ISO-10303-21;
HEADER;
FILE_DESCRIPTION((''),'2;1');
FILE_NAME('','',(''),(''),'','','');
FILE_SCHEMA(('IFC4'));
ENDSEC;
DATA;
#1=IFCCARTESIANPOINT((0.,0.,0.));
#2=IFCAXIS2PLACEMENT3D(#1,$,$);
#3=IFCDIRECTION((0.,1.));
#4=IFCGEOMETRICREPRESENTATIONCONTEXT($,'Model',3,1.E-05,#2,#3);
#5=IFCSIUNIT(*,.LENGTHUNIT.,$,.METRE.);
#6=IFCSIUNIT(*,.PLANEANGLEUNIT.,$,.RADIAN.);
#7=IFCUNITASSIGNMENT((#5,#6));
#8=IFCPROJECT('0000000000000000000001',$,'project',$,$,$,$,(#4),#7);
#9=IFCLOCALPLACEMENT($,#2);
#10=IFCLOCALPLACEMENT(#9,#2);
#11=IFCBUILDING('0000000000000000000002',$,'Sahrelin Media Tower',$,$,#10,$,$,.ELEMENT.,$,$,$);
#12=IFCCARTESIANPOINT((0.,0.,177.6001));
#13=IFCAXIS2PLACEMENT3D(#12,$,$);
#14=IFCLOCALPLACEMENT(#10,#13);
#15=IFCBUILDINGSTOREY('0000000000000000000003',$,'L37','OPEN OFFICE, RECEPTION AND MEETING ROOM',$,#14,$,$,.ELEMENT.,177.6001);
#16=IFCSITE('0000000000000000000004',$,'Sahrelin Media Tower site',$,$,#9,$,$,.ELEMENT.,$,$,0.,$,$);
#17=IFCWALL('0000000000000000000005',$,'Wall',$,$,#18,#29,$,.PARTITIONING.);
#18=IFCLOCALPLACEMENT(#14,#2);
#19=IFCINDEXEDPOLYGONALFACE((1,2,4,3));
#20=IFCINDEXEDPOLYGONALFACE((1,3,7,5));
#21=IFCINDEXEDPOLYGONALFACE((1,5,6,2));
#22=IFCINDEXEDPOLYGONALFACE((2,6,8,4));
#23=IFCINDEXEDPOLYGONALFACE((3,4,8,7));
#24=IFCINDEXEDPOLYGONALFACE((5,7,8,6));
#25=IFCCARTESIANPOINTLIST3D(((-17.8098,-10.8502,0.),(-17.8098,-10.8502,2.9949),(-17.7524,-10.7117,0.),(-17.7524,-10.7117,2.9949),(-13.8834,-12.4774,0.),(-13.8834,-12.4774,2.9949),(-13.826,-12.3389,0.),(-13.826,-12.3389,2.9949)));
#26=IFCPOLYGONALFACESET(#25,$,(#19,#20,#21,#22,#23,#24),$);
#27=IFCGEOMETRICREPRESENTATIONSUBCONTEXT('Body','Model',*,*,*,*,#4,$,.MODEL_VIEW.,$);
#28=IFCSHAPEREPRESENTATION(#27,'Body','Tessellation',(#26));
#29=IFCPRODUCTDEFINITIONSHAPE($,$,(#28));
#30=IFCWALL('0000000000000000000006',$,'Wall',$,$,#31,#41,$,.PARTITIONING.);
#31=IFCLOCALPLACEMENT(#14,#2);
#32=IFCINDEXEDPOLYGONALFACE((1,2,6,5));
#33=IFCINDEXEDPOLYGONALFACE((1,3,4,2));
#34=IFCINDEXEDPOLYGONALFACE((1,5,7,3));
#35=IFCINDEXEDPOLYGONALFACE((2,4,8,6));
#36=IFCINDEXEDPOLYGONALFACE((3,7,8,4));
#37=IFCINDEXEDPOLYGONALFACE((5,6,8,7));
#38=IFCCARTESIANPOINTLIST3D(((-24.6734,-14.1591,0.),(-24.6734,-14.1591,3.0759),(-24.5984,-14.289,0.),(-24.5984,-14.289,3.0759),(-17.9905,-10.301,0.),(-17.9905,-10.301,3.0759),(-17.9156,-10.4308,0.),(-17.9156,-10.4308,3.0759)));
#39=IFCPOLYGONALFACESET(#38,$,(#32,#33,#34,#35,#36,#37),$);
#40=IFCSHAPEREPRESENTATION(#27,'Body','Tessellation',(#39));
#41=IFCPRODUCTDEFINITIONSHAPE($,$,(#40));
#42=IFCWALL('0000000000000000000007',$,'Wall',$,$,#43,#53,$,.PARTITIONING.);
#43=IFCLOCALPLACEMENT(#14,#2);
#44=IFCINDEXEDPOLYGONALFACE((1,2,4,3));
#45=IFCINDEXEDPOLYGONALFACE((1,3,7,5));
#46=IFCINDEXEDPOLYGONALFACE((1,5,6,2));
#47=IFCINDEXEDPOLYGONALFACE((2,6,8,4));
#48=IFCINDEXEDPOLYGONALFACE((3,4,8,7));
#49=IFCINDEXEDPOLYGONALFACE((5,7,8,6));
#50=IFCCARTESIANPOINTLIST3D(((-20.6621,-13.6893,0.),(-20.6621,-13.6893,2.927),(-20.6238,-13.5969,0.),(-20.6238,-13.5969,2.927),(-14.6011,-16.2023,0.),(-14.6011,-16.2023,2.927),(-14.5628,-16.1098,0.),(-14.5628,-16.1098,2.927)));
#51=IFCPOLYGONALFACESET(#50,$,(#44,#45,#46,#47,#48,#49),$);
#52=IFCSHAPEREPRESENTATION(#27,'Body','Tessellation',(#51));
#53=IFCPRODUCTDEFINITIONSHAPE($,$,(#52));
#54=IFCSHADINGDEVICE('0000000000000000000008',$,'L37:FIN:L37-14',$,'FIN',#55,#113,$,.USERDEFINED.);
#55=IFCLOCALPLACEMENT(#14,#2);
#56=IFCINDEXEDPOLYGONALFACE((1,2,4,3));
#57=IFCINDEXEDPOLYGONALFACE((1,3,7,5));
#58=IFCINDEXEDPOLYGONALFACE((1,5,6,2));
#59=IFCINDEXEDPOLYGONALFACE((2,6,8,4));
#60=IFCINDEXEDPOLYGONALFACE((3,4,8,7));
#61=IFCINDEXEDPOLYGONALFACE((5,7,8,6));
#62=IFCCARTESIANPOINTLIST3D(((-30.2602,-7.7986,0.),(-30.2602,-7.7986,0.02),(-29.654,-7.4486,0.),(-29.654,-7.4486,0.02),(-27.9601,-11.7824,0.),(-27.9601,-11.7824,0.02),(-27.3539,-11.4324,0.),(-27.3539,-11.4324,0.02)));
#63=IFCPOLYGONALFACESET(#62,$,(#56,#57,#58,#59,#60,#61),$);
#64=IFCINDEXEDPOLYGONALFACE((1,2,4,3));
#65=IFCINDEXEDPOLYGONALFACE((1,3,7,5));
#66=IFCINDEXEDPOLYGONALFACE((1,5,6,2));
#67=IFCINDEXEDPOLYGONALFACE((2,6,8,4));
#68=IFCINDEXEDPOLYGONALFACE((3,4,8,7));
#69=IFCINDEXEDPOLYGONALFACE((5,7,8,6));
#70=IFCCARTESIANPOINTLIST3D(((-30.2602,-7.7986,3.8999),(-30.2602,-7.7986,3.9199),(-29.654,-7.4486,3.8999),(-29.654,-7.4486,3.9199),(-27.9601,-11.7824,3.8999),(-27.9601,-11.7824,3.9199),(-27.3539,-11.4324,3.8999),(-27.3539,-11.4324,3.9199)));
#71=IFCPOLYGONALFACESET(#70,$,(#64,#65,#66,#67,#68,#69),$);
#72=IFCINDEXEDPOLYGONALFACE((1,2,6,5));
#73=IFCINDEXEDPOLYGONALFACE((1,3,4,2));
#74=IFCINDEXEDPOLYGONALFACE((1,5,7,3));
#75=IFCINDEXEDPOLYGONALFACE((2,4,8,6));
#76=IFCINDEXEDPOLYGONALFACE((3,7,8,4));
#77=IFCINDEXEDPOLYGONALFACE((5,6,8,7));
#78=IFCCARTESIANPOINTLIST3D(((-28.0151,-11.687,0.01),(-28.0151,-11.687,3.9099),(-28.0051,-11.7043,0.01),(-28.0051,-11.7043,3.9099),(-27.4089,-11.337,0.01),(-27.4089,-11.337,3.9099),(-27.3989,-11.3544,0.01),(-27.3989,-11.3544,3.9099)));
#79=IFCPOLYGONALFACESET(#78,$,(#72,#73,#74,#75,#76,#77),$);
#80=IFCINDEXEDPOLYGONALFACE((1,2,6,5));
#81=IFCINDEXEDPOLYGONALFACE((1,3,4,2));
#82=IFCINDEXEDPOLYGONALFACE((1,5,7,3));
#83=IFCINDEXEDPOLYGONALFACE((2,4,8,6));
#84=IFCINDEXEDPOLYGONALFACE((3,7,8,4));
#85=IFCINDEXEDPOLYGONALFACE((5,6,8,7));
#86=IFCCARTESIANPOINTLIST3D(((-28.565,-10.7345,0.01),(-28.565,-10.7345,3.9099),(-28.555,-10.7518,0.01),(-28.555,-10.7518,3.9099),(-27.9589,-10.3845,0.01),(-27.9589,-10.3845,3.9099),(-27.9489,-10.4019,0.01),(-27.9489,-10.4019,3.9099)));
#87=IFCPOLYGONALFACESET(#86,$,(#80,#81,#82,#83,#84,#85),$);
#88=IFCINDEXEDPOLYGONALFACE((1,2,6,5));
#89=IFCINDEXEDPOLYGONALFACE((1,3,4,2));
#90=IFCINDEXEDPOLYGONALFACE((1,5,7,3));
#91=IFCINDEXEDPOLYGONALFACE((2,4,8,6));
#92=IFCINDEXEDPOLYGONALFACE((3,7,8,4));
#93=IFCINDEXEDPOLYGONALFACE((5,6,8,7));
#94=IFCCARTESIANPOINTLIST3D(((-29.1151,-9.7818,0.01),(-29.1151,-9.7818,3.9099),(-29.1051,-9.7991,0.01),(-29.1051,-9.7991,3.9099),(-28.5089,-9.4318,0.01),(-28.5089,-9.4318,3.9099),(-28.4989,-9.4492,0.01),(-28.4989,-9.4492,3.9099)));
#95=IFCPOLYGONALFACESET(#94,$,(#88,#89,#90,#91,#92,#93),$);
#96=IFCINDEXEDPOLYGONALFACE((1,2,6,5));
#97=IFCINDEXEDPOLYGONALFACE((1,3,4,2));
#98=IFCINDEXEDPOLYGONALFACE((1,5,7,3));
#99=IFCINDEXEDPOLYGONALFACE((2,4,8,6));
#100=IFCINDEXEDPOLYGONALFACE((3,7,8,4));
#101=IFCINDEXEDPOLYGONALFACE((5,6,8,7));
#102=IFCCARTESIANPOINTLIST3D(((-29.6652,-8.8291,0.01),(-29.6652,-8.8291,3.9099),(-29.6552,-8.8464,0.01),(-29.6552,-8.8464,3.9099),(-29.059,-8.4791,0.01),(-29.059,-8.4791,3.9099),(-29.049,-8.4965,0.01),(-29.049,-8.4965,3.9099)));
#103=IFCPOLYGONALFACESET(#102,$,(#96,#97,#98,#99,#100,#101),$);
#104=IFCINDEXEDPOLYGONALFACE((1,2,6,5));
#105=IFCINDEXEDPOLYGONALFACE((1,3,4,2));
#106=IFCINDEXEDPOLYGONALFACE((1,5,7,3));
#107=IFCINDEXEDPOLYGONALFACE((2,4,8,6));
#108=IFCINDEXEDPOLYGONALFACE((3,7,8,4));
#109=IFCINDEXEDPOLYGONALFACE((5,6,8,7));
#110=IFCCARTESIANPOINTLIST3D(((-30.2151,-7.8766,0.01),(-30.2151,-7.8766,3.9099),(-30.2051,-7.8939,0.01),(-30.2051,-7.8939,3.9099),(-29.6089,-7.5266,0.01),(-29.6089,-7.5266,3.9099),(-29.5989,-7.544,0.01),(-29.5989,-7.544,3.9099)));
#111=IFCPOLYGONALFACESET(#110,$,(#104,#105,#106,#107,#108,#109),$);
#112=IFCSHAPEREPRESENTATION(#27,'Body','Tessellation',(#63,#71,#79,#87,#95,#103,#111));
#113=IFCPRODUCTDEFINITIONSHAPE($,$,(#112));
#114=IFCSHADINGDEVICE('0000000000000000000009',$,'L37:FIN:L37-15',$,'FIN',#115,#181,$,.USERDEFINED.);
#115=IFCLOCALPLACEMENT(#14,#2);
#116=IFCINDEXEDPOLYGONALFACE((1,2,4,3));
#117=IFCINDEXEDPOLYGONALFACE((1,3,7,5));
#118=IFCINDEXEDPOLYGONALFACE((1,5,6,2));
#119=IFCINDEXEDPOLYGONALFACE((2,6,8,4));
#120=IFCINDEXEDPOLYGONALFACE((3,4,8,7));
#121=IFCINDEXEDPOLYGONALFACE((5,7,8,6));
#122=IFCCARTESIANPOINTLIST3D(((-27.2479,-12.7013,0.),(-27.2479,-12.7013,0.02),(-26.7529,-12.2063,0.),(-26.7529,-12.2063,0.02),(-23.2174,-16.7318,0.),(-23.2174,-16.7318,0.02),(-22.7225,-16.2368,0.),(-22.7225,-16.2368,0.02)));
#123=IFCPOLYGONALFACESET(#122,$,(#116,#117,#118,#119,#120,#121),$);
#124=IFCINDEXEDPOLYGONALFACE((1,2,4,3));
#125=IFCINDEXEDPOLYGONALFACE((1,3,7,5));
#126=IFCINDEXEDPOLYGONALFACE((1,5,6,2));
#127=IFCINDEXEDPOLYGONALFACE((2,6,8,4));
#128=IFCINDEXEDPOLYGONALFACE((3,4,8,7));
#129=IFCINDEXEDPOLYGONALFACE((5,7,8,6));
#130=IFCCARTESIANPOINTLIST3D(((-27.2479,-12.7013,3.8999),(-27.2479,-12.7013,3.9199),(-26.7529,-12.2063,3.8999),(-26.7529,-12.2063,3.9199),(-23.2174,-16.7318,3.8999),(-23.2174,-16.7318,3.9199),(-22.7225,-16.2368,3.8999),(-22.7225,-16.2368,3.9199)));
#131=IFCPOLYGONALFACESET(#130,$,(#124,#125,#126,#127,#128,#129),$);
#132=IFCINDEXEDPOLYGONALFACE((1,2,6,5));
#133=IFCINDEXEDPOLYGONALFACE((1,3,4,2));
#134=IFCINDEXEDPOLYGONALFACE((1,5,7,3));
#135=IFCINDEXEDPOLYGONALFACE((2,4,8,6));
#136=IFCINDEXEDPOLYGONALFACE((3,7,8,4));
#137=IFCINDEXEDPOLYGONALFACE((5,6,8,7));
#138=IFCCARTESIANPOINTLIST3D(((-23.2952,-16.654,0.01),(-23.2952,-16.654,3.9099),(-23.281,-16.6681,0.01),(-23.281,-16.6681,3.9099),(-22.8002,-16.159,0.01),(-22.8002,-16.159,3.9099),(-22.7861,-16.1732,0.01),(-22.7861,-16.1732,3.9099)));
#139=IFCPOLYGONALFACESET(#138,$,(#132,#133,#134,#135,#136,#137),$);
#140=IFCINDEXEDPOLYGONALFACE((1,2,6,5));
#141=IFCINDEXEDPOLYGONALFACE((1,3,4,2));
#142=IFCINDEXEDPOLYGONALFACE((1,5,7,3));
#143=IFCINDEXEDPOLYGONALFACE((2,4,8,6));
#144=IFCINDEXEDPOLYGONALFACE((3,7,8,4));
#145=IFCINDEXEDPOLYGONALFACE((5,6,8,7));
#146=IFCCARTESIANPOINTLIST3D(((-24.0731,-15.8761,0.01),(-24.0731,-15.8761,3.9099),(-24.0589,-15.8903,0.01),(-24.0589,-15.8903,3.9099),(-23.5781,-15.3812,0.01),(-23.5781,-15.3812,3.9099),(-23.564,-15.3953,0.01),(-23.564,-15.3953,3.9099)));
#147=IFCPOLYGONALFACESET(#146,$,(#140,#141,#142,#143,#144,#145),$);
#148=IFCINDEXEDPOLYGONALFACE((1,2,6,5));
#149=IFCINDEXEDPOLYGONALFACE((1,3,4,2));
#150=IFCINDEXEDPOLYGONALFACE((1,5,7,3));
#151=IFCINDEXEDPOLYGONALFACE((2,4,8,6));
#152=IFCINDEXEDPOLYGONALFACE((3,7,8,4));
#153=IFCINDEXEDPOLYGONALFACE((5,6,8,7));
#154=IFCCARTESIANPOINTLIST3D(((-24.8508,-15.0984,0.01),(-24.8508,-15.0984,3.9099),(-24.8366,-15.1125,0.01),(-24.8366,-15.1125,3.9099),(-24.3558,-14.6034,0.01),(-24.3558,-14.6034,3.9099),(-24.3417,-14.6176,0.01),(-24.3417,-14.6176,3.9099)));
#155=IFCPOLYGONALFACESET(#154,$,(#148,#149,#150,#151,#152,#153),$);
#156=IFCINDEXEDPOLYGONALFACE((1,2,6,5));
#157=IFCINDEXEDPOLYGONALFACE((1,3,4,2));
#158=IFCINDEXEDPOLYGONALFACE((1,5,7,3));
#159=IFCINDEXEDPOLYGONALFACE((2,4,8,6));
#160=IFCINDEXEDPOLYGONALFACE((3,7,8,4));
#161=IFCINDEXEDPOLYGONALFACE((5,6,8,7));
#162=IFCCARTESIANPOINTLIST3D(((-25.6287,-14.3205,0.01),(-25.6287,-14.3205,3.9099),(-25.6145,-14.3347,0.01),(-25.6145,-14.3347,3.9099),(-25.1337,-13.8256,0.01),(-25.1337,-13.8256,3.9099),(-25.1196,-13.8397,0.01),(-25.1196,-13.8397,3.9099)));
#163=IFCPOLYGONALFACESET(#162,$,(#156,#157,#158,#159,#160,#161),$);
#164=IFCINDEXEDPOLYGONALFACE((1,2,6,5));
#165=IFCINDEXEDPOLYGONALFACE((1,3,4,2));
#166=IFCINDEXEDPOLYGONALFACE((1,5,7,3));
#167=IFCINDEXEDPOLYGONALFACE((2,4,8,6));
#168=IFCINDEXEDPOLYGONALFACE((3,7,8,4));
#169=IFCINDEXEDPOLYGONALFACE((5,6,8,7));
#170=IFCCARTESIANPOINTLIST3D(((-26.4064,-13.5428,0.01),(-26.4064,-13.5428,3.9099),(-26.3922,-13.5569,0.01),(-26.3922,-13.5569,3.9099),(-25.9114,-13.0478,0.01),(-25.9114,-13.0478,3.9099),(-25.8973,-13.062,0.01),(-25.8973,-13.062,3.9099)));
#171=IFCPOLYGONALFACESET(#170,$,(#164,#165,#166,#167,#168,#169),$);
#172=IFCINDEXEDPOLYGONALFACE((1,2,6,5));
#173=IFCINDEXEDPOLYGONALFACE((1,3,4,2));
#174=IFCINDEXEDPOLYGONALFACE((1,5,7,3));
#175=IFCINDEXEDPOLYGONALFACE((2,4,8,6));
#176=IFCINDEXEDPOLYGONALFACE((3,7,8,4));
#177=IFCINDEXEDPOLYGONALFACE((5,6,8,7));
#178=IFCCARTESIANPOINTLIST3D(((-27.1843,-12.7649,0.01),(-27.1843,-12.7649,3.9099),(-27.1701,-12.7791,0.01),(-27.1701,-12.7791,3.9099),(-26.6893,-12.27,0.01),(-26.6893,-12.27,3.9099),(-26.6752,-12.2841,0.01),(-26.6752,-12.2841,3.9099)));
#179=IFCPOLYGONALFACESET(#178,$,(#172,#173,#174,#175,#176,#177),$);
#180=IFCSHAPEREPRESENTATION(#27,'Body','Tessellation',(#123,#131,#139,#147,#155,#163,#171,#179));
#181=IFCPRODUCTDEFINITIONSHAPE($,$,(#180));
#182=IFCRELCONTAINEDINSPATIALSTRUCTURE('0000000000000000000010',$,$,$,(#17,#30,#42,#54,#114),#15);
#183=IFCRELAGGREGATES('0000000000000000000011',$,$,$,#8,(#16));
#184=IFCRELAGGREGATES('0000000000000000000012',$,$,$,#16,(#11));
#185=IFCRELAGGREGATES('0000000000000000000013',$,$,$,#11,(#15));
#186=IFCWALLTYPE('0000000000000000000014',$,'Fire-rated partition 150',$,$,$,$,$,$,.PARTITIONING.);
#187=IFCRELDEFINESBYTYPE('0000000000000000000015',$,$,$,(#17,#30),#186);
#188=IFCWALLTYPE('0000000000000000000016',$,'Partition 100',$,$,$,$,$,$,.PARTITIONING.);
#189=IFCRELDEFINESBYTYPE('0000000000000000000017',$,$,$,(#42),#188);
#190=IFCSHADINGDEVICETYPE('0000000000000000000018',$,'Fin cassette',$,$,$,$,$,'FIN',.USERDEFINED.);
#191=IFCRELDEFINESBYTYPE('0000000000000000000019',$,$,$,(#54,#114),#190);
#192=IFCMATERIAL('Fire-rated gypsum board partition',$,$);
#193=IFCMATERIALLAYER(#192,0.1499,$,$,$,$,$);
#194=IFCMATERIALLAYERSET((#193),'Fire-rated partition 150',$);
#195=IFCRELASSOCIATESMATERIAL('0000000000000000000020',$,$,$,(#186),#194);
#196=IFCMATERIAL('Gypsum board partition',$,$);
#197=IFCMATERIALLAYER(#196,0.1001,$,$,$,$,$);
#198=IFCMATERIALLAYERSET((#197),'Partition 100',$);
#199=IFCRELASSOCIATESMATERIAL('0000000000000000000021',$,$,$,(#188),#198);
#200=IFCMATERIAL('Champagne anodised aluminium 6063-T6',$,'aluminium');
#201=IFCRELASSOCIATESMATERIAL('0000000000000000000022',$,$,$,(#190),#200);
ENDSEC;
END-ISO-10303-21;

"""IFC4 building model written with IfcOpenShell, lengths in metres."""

from ifc_helpers import new_model, si_unit, direction, frame, frame_2d, origin, origin_2d, place, context, subcontext, project, spatial, rectangle, extrude, material, layer, layer_set, type_object, element, save


model = new_model("IFC4")

# Units and contexts
model_context = context("Model", 3, precision=1e-05, world=origin(), true_north=direction((0.0, 1.0)))
body_context = subcontext(model_context, "Body", "Model", "MODEL_VIEW")
ifc_project = project(units=[si_unit("LENGTHUNIT", "METRE"), si_unit("PLANEANGLEUNIT", "RADIAN")], contexts=[model_context])

# Site, building, storey
site_placement = place(None, origin())
site = spatial("IfcSite", under=ifc_project, at=site_placement, Name="Sahrelin Media Tower site", CompositionType="ELEMENT", RefElevation=0.0)
building_placement = place(site_placement, origin())
building = spatial("IfcBuilding", under=site, at=building_placement, Name="Sahrelin Media Tower", CompositionType="ELEMENT")
storey_placement = place(building_placement, frame((0.0, 0.0, 177.6001)))
storey = spatial("IfcBuildingStorey", under=building, at=storey_placement, Name="L37", Description="OPEN OFFICE, RECEPTION AND MEETING ROOM", CompositionType="ELEMENT", Elevation=177.6001)

# Shared definitions
ifc_material_1 = material(Name="Champagne anodised aluminium 6063-T6", Category="aluminium")

# Walls
ifc_material_2 = material(Name="Fire-rated gypsum board partition")
ifc_layer_1 = layer(ifc_material_2, 0.1499)
ifc_layer_set_1 = layer_set([ifc_layer_1], Name="Fire-rated partition 150")
wall_type_1 = type_object("IfcWallType", Name="Fire-rated partition 150", PredefinedType="PARTITIONING", material=ifc_layer_set_1)
wall_1_placement = place(storey_placement, frame((-17.781, -10.781, 0.0), z_axis=(0.0, 0.0, 1.0), x_axis=(0.923814, -0.38284, 0.0)))
element("IfcWall", 1, at=wall_1_placement, inside=storey, type_object=wall_type_1, Name="Wall", PredefinedType="PARTITIONING", context=body_context, shape_type="SweptSolid", body=[
    extrude(rectangle(XDim=4.2502, YDim=0.1499, at=frame_2d((2.125, 0.0))), origin(), (0.0, 0.0, 1.0), 2.9949),
])
wall_2_placement = place(storey_placement, frame((-24.636, -14.2241, 0.0), z_axis=(0.0, 0.0, 1.0), x_axis=(0.866036, 0.499981, 0.0)))
element("IfcWall", 2, at=wall_2_placement, inside=storey, type_object=wall_type_1, Name="Wall", PredefinedType="PARTITIONING", context=body_context, shape_type="SweptSolid", body=[
    extrude(rectangle(XDim=7.7166, YDim=0.1499, at=frame_2d((3.8584, 0.0))), origin(), (0.0, 0.0, 1.0), 3.0759),
])
ifc_material_3 = material(Name="Gypsum board partition")
ifc_layer_2 = layer(ifc_material_3, 0.1001)
ifc_layer_set_2 = layer_set([ifc_layer_2], Name="Partition 100")
wall_type_2 = type_object("IfcWallType", Name="Partition 100", PredefinedType="PARTITIONING", material=ifc_layer_set_2)
wall_3_placement = place(storey_placement, frame((-20.6431, -13.6431, 0.0), z_axis=(0.0, 0.0, 1.0), x_axis=(0.923751, -0.382993, 0.0)))
element("IfcWall", 3, at=wall_3_placement, inside=storey, type_object=wall_type_2, Name="Wall", PredefinedType="PARTITIONING", context=body_context, shape_type="SweptSolid", body=[
    extrude(rectangle(XDim=6.5613, YDim=0.1001, at=frame_2d((3.2808, 0.0))), origin(), (0.0, 0.0, 1.0), 2.927),
])

# Shading devices
shading_device_type_1 = type_object("IfcShadingDeviceType", Name="Fin cassette", ElementType="FIN", PredefinedType="USERDEFINED", material=ifc_material_1)
placement_1 = place(storey_placement, frame((-28.4434, -9.4055, 0.0), z_axis=(0.0, 0.0, 1.0), x_axis=(-0.500011, 0.866019, 0.0)))
element("IfcShadingDevice", 4, at=placement_1, inside=storey, type_object=shading_device_type_1, Name="L37:FIN:L37-14", ObjectType="FIN", PredefinedType="USERDEFINED", context=body_context, shape_type="SweptSolid", body=[
    extrude(rectangle(XDim=4.6001, YDim=0.7, at=origin_2d()), frame((0.0, 0.4199, 0.0)), (0.0, 0.0, 1.0), 0.02),
    extrude(rectangle(XDim=4.6001, YDim=0.7, at=origin_2d()), frame((0.0, 0.4199, 3.8999)), (0.0, 0.0, 1.0), 0.02),
    extrude(rectangle(XDim=0.02, YDim=0.7, at=origin_2d()), frame((-2.2, 0.4199, 0.01), z_axis=(0.0, 0.0, 1.0), x_axis=(1.0, 0.0, 0.0)), (0.0, 0.0, 1.0), 3.8999),
    extrude(rectangle(XDim=0.02, YDim=0.7, at=origin_2d()), frame((-1.1001, 0.4199, 0.01), z_axis=(0.0, 0.0, 1.0), x_axis=(1.0, 0.0, 0.0)), (0.0, 0.0, 1.0), 3.8999),
    extrude(rectangle(XDim=0.02, YDim=0.7, at=origin_2d()), frame((0.0, 0.4199, 0.01), z_axis=(0.0, 0.0, 1.0), x_axis=(1.0, 0.0, 0.0)), (0.0, 0.0, 1.0), 3.8999),
    extrude(rectangle(XDim=0.02, YDim=0.7, at=origin_2d()), frame((1.1001, 0.4199, 0.01), z_axis=(0.0, 0.0, 1.0), x_axis=(1.0, 0.0, 0.0)), (0.0, 0.0, 1.0), 3.8999),
    extrude(rectangle(XDim=0.02, YDim=0.7, at=origin_2d()), frame((2.2, 0.4199, 0.01), z_axis=(0.0, 0.0, 1.0), x_axis=(1.0, 0.0, 0.0)), (0.0, 0.0, 1.0), 3.8999),
])
placement_2 = place(storey_placement, frame((-24.6882, -14.1721, 0.0), z_axis=(0.0, 0.0, 1.0), x_axis=(-0.707107, 0.707107, 0.0)))
element("IfcShadingDevice", 5, at=placement_2, inside=storey, type_object=shading_device_type_1, Name="L37:FIN:L37-15", ObjectType="FIN", PredefinedType="USERDEFINED", context=body_context, shape_type="SweptSolid", body=[
    extrude(rectangle(XDim=5.7, YDim=0.7, at=origin_2d()), frame((0.0, 0.4199, 0.0)), (0.0, 0.0, 1.0), 0.02),
    extrude(rectangle(XDim=5.7, YDim=0.7, at=origin_2d()), frame((0.0, 0.4199, 3.8999)), (0.0, 0.0, 1.0), 0.02),
    extrude(rectangle(XDim=0.02, YDim=0.7, at=origin_2d()), frame((-2.75, 0.4199, 0.01), z_axis=(0.0, 0.0, 1.0), x_axis=(1.0, 0.0, 0.0)), (0.0, 0.0, 1.0), 3.8999),
    extrude(rectangle(XDim=0.02, YDim=0.7, at=origin_2d()), frame((-1.6499, 0.4199, 0.01), z_axis=(0.0, 0.0, 1.0), x_axis=(1.0, 0.0, 0.0)), (0.0, 0.0, 1.0), 3.8999),
    extrude(rectangle(XDim=0.02, YDim=0.7, at=origin_2d()), frame((-0.55, 0.4199, 0.01), z_axis=(0.0, 0.0, 1.0), x_axis=(1.0, 0.0, 0.0)), (0.0, 0.0, 1.0), 3.8999),
    extrude(rectangle(XDim=0.02, YDim=0.7, at=origin_2d()), frame((0.55, 0.4199, 0.01), z_axis=(0.0, 0.0, 1.0), x_axis=(1.0, 0.0, 0.0)), (0.0, 0.0, 1.0), 3.8999),
    extrude(rectangle(XDim=0.02, YDim=0.7, at=origin_2d()), frame((1.6499, 0.4199, 0.01), z_axis=(0.0, 0.0, 1.0), x_axis=(1.0, 0.0, 0.0)), (0.0, 0.0, 1.0), 3.8999),
    extrude(rectangle(XDim=0.02, YDim=0.7, at=origin_2d()), frame((2.75, 0.4199, 0.01), z_axis=(0.0, 0.0, 1.0), x_axis=(1.0, 0.0, 0.0)), (0.0, 0.0, 1.0), 3.8999),
])

save(model, "model.ifc")
